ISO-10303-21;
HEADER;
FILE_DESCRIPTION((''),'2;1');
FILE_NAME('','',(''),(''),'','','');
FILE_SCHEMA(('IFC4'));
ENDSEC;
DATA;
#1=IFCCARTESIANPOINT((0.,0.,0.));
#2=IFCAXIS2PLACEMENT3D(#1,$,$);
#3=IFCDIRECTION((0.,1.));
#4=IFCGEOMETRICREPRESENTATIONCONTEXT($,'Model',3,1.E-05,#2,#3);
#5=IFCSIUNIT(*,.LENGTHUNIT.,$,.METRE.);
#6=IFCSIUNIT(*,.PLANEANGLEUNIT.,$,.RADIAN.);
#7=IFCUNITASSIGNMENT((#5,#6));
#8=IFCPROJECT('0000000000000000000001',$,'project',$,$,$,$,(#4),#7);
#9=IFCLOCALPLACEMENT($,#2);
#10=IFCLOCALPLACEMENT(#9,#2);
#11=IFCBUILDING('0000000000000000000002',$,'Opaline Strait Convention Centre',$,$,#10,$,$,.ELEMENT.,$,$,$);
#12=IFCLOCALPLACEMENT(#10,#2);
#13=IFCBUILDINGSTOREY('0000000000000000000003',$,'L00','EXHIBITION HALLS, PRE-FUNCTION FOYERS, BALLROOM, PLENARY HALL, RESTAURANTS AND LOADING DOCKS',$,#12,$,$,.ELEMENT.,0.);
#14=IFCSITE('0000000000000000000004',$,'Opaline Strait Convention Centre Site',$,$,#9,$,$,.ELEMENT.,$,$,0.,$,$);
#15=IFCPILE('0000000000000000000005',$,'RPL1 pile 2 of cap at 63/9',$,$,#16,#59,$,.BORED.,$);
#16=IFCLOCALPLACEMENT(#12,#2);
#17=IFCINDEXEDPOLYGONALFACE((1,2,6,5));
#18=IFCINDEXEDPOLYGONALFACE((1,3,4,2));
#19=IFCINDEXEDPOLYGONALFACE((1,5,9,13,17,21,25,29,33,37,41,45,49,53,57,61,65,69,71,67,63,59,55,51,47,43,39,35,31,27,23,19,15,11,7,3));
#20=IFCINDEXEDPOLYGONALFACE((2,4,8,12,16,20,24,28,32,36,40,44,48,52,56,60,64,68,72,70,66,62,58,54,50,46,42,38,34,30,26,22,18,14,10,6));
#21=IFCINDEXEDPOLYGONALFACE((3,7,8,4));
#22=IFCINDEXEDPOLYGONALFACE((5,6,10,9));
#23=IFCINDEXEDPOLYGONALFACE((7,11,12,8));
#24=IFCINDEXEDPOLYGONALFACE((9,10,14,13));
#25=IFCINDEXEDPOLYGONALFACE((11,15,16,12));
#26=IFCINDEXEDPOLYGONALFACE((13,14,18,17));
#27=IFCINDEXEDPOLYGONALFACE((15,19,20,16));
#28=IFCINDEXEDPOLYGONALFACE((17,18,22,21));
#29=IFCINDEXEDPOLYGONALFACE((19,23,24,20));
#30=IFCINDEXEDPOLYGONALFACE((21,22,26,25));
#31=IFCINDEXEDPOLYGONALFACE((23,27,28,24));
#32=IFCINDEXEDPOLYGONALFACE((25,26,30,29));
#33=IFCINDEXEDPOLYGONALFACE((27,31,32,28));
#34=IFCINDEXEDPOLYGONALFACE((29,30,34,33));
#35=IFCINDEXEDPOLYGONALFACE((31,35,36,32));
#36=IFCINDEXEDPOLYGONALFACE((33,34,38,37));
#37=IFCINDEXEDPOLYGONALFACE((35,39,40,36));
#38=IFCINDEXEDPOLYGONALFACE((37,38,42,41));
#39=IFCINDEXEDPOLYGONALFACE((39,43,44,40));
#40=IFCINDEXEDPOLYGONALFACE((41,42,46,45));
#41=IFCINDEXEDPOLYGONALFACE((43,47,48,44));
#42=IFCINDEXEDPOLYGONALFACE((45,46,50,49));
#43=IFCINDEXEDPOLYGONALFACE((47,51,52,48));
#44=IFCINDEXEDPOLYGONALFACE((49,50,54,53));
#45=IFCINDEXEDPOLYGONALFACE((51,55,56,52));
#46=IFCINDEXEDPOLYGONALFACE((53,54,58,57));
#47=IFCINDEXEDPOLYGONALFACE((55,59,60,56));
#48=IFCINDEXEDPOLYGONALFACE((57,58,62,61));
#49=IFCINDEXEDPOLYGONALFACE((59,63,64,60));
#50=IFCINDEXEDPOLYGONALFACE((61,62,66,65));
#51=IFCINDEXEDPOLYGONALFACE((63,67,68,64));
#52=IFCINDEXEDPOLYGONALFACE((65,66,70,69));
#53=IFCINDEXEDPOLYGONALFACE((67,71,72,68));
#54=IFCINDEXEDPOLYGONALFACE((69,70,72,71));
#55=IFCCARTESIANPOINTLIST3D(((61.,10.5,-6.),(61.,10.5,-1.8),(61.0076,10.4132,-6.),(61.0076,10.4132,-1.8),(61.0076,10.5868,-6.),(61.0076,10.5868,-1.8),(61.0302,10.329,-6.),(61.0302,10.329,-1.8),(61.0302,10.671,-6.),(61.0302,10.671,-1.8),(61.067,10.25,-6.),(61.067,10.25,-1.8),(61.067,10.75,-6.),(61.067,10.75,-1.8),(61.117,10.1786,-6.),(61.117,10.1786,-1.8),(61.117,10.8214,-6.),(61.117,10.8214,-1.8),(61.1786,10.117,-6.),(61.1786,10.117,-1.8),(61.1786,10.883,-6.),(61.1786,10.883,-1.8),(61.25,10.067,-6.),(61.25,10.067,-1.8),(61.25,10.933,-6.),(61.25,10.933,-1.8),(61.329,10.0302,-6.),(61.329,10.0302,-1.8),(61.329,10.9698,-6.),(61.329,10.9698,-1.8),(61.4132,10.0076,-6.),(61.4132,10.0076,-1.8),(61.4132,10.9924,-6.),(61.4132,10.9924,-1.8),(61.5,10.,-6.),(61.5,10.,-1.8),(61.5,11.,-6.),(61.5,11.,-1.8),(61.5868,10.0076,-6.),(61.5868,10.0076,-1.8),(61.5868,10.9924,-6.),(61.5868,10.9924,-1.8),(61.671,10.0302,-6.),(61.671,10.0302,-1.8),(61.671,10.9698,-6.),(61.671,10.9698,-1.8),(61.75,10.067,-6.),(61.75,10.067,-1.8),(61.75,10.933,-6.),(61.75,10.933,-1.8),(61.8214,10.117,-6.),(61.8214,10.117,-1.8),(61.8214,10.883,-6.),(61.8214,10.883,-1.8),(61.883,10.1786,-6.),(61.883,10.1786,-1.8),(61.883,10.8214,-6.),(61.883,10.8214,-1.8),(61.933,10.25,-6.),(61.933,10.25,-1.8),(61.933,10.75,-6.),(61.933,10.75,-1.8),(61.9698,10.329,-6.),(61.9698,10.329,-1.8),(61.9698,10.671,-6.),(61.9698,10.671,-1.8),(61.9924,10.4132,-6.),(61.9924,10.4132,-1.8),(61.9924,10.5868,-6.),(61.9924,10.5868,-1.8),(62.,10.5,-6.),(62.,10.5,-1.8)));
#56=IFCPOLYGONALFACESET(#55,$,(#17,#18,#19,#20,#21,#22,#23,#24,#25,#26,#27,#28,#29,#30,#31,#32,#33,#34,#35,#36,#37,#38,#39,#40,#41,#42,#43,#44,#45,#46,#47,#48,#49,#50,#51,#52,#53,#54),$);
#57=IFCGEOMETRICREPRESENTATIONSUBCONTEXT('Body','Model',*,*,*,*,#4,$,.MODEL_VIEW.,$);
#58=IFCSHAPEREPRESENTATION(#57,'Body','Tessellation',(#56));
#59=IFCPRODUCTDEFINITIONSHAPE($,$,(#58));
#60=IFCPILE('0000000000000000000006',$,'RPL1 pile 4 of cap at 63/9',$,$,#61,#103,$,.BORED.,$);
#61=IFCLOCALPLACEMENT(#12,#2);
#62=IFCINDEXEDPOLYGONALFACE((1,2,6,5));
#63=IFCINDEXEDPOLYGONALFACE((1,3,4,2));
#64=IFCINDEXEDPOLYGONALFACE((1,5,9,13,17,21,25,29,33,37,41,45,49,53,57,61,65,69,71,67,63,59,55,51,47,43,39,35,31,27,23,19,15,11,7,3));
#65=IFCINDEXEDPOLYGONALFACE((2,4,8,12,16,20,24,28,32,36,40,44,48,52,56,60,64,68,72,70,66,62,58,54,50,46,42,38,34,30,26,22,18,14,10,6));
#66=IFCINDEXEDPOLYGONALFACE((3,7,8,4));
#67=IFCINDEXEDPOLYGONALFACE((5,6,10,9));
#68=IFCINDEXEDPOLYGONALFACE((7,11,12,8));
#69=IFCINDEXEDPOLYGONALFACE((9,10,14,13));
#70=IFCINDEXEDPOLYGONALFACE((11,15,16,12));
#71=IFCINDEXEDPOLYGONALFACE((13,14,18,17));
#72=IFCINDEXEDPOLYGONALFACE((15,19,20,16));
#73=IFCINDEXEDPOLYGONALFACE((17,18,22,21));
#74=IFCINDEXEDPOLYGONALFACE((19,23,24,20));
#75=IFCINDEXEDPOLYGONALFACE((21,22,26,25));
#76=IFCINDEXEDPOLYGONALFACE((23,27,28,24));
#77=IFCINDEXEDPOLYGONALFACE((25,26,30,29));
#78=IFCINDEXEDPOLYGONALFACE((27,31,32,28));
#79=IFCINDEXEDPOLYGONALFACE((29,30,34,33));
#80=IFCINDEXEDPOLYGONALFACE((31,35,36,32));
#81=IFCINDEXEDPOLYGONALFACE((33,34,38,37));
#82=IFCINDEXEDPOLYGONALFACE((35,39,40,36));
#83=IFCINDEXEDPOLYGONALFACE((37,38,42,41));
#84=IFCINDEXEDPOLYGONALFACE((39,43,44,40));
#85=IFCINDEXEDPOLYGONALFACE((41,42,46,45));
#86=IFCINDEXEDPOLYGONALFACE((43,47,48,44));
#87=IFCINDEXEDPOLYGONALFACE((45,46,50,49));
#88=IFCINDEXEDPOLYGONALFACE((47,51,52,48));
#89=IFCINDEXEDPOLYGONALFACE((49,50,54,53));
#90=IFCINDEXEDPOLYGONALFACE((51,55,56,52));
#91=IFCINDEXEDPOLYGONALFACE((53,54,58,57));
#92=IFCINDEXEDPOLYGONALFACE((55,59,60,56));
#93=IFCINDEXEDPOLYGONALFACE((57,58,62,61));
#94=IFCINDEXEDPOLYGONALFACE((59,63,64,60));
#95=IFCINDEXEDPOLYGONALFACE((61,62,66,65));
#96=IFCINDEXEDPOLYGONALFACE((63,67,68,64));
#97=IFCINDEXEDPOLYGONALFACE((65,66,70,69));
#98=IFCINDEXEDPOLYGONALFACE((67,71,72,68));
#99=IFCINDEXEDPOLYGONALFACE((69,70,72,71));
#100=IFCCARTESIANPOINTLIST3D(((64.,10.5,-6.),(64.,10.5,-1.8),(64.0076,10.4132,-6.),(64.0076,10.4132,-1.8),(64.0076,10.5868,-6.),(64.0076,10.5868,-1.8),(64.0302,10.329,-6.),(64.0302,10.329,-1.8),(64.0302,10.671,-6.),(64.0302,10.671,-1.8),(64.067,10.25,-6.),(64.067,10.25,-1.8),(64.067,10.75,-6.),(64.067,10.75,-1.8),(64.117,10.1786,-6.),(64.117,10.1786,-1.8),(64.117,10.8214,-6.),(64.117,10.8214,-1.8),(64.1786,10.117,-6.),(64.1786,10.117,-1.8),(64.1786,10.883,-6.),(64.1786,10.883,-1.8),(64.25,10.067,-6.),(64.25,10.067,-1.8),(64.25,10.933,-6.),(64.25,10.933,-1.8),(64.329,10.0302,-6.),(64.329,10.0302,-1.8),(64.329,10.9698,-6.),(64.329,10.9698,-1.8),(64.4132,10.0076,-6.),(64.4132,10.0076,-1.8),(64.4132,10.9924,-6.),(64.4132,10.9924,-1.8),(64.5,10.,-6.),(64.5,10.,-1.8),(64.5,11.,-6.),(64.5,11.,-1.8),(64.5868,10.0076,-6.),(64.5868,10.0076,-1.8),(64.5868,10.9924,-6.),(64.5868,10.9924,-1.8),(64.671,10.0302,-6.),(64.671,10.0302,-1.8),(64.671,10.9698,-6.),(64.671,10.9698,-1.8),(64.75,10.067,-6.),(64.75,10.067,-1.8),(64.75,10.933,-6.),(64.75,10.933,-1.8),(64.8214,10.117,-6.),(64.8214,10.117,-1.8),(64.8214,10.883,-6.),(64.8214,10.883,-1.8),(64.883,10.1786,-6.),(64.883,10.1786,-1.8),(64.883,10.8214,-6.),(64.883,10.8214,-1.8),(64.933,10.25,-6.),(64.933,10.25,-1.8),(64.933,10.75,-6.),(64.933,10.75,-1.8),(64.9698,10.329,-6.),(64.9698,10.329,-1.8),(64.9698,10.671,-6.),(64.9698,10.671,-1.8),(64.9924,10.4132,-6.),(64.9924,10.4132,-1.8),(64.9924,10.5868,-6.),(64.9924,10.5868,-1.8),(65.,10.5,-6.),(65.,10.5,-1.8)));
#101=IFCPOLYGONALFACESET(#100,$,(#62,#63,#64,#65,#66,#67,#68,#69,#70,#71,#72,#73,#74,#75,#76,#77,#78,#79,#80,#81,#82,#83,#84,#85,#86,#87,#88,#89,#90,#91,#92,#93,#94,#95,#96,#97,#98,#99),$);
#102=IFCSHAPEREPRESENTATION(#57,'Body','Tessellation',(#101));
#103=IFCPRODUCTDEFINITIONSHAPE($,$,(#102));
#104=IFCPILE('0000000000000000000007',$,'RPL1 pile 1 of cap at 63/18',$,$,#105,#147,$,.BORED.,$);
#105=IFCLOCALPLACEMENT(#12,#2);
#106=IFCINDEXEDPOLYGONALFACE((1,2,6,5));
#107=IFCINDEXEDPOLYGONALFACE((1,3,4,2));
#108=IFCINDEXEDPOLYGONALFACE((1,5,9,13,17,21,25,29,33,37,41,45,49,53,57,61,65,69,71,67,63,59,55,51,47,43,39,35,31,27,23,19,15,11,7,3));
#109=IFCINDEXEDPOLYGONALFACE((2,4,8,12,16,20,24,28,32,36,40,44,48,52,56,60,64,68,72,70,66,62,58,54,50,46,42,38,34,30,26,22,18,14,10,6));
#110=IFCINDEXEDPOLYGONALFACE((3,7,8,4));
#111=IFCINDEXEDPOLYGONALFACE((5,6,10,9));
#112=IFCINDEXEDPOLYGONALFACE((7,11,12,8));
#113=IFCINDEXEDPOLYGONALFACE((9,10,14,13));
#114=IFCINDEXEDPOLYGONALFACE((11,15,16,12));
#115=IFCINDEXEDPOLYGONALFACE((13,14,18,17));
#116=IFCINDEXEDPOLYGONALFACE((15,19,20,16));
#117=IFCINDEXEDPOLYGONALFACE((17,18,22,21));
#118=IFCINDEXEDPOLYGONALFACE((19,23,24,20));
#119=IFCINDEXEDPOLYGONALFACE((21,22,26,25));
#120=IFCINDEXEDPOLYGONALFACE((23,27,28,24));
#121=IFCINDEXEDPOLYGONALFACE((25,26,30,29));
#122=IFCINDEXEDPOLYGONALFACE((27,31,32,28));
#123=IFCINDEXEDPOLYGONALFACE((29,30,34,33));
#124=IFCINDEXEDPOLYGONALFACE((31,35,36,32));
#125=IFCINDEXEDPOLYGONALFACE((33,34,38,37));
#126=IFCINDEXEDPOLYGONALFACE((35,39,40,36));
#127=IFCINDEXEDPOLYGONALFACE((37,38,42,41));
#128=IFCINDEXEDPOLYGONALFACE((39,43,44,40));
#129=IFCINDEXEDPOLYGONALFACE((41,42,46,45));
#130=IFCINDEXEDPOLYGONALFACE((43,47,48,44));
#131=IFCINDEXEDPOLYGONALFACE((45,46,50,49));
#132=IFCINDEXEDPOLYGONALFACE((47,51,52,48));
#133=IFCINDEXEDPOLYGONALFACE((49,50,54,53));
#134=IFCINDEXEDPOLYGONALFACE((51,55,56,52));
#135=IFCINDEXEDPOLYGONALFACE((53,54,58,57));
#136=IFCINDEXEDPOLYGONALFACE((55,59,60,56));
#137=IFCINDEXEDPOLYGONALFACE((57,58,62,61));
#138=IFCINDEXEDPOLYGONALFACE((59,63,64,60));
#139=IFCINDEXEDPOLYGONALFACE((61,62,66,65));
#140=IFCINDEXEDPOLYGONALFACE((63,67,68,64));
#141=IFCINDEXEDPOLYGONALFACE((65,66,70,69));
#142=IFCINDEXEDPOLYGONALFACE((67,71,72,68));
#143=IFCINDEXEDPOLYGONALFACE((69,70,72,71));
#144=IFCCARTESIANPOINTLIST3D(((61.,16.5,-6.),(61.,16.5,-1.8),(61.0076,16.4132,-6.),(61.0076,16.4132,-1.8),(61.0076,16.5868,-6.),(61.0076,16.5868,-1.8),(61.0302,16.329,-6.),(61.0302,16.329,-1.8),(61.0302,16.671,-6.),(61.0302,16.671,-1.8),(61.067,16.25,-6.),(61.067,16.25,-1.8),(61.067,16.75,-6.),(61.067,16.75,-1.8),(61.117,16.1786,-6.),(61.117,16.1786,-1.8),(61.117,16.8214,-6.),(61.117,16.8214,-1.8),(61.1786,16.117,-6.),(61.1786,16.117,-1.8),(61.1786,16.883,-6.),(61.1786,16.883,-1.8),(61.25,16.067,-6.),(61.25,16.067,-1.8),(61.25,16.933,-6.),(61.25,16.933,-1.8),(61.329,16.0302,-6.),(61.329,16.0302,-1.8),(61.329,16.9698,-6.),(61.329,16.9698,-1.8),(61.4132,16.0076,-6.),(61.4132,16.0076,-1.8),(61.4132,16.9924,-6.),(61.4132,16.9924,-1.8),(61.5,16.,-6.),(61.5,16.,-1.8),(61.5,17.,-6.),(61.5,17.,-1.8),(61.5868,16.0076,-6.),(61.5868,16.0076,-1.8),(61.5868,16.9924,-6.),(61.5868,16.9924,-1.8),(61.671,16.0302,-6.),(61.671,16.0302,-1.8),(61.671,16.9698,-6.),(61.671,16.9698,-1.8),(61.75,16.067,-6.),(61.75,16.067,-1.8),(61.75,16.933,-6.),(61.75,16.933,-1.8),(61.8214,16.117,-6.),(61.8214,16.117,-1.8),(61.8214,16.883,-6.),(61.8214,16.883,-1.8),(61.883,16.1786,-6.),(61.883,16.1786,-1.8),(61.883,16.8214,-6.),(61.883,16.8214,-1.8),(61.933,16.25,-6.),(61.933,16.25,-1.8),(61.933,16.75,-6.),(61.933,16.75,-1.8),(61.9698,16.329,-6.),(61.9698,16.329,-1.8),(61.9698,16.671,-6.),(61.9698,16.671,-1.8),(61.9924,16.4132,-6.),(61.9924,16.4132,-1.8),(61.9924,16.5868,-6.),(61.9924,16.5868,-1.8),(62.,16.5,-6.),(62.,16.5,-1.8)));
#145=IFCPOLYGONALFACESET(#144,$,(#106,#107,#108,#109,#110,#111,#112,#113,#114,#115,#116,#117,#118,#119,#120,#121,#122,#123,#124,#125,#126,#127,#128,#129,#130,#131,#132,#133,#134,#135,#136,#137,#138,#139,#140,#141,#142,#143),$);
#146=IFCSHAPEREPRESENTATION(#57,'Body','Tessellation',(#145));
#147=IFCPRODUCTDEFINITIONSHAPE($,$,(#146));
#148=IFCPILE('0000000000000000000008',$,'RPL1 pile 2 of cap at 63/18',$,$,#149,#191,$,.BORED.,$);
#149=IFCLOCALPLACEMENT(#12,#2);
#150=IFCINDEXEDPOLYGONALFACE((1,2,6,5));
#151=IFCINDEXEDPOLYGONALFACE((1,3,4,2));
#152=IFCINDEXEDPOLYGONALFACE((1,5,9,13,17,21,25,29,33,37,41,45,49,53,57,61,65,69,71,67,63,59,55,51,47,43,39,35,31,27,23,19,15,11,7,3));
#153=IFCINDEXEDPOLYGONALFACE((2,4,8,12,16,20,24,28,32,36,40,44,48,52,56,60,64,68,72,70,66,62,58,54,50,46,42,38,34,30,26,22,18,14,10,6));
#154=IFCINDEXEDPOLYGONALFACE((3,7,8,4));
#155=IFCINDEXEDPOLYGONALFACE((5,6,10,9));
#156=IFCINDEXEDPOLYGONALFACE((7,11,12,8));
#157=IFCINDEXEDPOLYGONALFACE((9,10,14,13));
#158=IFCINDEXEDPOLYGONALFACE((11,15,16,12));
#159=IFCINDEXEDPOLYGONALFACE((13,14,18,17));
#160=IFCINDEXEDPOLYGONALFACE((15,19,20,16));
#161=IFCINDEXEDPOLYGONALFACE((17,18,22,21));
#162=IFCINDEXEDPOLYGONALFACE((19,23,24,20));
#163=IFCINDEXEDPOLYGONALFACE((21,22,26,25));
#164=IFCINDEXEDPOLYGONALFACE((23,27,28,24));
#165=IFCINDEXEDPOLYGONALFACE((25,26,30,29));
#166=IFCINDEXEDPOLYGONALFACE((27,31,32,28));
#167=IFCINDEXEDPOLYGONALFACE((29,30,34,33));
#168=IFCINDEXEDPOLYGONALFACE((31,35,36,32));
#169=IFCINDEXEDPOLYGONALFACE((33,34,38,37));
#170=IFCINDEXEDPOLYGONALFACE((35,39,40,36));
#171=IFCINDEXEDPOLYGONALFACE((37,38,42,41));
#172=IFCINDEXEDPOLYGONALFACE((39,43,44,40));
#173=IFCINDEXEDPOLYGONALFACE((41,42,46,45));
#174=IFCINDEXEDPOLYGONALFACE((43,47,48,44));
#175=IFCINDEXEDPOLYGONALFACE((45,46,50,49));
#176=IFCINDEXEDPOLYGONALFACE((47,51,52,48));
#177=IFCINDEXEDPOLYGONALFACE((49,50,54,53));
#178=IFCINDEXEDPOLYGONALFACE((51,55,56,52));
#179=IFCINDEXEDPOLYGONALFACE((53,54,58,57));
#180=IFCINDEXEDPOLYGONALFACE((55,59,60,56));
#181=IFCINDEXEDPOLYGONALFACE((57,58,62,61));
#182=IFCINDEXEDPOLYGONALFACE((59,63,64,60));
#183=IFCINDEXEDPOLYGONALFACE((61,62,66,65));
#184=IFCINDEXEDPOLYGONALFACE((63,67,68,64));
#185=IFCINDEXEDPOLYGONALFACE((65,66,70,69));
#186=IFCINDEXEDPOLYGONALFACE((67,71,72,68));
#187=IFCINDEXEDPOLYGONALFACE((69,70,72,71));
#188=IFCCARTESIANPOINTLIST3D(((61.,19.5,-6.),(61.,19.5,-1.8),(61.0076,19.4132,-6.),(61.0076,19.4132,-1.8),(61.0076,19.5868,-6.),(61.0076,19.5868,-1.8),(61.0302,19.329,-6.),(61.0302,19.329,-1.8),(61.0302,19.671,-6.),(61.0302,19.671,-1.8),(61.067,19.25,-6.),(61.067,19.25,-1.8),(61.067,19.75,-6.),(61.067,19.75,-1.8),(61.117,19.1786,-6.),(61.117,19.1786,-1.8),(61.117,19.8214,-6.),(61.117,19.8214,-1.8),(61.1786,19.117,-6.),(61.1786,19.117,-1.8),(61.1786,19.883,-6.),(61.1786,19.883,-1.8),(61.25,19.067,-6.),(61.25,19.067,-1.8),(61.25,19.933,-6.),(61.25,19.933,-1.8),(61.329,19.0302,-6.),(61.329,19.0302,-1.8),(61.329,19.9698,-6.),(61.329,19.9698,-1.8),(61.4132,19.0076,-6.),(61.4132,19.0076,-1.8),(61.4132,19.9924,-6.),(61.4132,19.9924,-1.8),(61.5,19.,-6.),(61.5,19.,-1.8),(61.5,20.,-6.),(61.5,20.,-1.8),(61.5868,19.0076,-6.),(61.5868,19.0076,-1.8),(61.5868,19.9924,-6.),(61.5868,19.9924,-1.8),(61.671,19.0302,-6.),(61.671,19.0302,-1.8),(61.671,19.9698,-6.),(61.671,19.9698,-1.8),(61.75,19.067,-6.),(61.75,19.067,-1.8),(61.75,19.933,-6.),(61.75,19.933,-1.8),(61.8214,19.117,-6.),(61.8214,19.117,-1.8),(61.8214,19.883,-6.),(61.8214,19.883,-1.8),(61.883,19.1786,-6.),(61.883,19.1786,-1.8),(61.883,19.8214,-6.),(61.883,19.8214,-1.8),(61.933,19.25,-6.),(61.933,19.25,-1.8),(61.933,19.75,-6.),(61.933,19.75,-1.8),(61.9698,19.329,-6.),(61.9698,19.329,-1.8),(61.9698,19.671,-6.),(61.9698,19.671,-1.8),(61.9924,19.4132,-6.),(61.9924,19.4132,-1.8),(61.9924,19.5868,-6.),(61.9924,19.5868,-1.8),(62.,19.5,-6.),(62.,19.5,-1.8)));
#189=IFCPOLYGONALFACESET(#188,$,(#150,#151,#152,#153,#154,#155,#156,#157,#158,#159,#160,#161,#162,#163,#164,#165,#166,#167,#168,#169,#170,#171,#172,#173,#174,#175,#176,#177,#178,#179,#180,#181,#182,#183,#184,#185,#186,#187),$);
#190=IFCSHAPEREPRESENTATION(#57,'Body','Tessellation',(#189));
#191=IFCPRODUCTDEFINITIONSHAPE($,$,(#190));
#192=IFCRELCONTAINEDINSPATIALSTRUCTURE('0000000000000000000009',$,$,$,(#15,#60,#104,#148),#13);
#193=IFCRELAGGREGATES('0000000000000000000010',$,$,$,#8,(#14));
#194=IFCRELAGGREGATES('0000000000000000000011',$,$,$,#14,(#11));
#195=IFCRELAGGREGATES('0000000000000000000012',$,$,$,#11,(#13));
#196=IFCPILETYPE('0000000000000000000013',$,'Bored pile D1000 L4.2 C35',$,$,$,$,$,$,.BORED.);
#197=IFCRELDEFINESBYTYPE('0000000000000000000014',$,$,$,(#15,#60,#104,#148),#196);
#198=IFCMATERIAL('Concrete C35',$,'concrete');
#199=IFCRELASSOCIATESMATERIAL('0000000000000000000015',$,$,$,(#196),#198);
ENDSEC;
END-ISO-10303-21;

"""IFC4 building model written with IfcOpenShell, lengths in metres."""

from ifc_helpers import new_model, si_unit, direction, frame, origin, origin_2d, place, context, subcontext, project, spatial, circle, extrude, material, material_profile, profile_set, type_object, element, save


model = new_model("IFC4")

# Units and contexts
model_context = context("Model", 3, precision=1e-05, world=origin(), true_north=direction((0.0, 1.0)))
body_context = subcontext(model_context, "Body", "Model", "MODEL_VIEW")
ifc_project = project(units=[si_unit("LENGTHUNIT", "METRE"), si_unit("PLANEANGLEUNIT", "RADIAN")], contexts=[model_context])

# Site, building, storey
site_placement = place(None, origin())
site = spatial("IfcSite", under=ifc_project, at=site_placement, Name="Opaline Strait Convention Centre Site", CompositionType="ELEMENT", RefElevation=0.0)
building_placement = place(site_placement, origin())
building = spatial("IfcBuilding", under=site, at=building_placement, Name="Opaline Strait Convention Centre", CompositionType="ELEMENT")
storey_placement = place(building_placement, origin())
storey = spatial("IfcBuildingStorey", under=building, at=storey_placement, Name="L00", Description="EXHIBITION HALLS, PRE-FUNCTION FOYERS, BALLROOM, PLENARY HALL, RESTAURANTS AND LOADING DOCKS", CompositionType="ELEMENT", Elevation=0.0)

# Piles
ifc_material_1 = material(Name="Concrete C35", Category="concrete")
ifc_material_profile_1 = material_profile(ifc_material_1, circle(Radius=0.5, at=origin_2d()), Name="D1000")
ifc_profile_set_1 = profile_set([ifc_material_profile_1], Name="Concrete C35")
pile_type = type_object("IfcPileType", Name="Bored pile D1000 L4.2 C35", PredefinedType="BORED", material=ifc_profile_set_1)
for number, where, z_axis, x_axis, name in (
    (1, (61.5, 10.5, -1.8), (0.0, 0.0, -1.0), (1.0, 0.0, 0.0), "RPL1 pile 2 of cap at 63/9"),
    (2, (64.5, 10.5, -1.8), (0.0, 0.0, -1.0), (1.0, 0.0, 0.0), "RPL1 pile 4 of cap at 63/9"),
    (3, (61.5, 16.5, -1.8), (0.0, 0.0, -1.0), (1.0, 0.0, 0.0), "RPL1 pile 1 of cap at 63/18"),
    (4, (61.5, 19.5, -1.8), (0.0, 0.0, -1.0), (1.0, 0.0, 0.0), "RPL1 pile 2 of cap at 63/18"),
):
    element("IfcPile", number, at=place(storey_placement, frame(where, z_axis=z_axis, x_axis=x_axis)), inside=storey, type_object=pile_type, Name=name, PredefinedType="BORED", context=body_context, shape_type="SweptSolid", body=[
        extrude(circle(Radius=0.5, at=origin_2d()), origin(), (0.0, 0.0, 1.0), 4.2),
    ])

save(model, "model.ifc")
